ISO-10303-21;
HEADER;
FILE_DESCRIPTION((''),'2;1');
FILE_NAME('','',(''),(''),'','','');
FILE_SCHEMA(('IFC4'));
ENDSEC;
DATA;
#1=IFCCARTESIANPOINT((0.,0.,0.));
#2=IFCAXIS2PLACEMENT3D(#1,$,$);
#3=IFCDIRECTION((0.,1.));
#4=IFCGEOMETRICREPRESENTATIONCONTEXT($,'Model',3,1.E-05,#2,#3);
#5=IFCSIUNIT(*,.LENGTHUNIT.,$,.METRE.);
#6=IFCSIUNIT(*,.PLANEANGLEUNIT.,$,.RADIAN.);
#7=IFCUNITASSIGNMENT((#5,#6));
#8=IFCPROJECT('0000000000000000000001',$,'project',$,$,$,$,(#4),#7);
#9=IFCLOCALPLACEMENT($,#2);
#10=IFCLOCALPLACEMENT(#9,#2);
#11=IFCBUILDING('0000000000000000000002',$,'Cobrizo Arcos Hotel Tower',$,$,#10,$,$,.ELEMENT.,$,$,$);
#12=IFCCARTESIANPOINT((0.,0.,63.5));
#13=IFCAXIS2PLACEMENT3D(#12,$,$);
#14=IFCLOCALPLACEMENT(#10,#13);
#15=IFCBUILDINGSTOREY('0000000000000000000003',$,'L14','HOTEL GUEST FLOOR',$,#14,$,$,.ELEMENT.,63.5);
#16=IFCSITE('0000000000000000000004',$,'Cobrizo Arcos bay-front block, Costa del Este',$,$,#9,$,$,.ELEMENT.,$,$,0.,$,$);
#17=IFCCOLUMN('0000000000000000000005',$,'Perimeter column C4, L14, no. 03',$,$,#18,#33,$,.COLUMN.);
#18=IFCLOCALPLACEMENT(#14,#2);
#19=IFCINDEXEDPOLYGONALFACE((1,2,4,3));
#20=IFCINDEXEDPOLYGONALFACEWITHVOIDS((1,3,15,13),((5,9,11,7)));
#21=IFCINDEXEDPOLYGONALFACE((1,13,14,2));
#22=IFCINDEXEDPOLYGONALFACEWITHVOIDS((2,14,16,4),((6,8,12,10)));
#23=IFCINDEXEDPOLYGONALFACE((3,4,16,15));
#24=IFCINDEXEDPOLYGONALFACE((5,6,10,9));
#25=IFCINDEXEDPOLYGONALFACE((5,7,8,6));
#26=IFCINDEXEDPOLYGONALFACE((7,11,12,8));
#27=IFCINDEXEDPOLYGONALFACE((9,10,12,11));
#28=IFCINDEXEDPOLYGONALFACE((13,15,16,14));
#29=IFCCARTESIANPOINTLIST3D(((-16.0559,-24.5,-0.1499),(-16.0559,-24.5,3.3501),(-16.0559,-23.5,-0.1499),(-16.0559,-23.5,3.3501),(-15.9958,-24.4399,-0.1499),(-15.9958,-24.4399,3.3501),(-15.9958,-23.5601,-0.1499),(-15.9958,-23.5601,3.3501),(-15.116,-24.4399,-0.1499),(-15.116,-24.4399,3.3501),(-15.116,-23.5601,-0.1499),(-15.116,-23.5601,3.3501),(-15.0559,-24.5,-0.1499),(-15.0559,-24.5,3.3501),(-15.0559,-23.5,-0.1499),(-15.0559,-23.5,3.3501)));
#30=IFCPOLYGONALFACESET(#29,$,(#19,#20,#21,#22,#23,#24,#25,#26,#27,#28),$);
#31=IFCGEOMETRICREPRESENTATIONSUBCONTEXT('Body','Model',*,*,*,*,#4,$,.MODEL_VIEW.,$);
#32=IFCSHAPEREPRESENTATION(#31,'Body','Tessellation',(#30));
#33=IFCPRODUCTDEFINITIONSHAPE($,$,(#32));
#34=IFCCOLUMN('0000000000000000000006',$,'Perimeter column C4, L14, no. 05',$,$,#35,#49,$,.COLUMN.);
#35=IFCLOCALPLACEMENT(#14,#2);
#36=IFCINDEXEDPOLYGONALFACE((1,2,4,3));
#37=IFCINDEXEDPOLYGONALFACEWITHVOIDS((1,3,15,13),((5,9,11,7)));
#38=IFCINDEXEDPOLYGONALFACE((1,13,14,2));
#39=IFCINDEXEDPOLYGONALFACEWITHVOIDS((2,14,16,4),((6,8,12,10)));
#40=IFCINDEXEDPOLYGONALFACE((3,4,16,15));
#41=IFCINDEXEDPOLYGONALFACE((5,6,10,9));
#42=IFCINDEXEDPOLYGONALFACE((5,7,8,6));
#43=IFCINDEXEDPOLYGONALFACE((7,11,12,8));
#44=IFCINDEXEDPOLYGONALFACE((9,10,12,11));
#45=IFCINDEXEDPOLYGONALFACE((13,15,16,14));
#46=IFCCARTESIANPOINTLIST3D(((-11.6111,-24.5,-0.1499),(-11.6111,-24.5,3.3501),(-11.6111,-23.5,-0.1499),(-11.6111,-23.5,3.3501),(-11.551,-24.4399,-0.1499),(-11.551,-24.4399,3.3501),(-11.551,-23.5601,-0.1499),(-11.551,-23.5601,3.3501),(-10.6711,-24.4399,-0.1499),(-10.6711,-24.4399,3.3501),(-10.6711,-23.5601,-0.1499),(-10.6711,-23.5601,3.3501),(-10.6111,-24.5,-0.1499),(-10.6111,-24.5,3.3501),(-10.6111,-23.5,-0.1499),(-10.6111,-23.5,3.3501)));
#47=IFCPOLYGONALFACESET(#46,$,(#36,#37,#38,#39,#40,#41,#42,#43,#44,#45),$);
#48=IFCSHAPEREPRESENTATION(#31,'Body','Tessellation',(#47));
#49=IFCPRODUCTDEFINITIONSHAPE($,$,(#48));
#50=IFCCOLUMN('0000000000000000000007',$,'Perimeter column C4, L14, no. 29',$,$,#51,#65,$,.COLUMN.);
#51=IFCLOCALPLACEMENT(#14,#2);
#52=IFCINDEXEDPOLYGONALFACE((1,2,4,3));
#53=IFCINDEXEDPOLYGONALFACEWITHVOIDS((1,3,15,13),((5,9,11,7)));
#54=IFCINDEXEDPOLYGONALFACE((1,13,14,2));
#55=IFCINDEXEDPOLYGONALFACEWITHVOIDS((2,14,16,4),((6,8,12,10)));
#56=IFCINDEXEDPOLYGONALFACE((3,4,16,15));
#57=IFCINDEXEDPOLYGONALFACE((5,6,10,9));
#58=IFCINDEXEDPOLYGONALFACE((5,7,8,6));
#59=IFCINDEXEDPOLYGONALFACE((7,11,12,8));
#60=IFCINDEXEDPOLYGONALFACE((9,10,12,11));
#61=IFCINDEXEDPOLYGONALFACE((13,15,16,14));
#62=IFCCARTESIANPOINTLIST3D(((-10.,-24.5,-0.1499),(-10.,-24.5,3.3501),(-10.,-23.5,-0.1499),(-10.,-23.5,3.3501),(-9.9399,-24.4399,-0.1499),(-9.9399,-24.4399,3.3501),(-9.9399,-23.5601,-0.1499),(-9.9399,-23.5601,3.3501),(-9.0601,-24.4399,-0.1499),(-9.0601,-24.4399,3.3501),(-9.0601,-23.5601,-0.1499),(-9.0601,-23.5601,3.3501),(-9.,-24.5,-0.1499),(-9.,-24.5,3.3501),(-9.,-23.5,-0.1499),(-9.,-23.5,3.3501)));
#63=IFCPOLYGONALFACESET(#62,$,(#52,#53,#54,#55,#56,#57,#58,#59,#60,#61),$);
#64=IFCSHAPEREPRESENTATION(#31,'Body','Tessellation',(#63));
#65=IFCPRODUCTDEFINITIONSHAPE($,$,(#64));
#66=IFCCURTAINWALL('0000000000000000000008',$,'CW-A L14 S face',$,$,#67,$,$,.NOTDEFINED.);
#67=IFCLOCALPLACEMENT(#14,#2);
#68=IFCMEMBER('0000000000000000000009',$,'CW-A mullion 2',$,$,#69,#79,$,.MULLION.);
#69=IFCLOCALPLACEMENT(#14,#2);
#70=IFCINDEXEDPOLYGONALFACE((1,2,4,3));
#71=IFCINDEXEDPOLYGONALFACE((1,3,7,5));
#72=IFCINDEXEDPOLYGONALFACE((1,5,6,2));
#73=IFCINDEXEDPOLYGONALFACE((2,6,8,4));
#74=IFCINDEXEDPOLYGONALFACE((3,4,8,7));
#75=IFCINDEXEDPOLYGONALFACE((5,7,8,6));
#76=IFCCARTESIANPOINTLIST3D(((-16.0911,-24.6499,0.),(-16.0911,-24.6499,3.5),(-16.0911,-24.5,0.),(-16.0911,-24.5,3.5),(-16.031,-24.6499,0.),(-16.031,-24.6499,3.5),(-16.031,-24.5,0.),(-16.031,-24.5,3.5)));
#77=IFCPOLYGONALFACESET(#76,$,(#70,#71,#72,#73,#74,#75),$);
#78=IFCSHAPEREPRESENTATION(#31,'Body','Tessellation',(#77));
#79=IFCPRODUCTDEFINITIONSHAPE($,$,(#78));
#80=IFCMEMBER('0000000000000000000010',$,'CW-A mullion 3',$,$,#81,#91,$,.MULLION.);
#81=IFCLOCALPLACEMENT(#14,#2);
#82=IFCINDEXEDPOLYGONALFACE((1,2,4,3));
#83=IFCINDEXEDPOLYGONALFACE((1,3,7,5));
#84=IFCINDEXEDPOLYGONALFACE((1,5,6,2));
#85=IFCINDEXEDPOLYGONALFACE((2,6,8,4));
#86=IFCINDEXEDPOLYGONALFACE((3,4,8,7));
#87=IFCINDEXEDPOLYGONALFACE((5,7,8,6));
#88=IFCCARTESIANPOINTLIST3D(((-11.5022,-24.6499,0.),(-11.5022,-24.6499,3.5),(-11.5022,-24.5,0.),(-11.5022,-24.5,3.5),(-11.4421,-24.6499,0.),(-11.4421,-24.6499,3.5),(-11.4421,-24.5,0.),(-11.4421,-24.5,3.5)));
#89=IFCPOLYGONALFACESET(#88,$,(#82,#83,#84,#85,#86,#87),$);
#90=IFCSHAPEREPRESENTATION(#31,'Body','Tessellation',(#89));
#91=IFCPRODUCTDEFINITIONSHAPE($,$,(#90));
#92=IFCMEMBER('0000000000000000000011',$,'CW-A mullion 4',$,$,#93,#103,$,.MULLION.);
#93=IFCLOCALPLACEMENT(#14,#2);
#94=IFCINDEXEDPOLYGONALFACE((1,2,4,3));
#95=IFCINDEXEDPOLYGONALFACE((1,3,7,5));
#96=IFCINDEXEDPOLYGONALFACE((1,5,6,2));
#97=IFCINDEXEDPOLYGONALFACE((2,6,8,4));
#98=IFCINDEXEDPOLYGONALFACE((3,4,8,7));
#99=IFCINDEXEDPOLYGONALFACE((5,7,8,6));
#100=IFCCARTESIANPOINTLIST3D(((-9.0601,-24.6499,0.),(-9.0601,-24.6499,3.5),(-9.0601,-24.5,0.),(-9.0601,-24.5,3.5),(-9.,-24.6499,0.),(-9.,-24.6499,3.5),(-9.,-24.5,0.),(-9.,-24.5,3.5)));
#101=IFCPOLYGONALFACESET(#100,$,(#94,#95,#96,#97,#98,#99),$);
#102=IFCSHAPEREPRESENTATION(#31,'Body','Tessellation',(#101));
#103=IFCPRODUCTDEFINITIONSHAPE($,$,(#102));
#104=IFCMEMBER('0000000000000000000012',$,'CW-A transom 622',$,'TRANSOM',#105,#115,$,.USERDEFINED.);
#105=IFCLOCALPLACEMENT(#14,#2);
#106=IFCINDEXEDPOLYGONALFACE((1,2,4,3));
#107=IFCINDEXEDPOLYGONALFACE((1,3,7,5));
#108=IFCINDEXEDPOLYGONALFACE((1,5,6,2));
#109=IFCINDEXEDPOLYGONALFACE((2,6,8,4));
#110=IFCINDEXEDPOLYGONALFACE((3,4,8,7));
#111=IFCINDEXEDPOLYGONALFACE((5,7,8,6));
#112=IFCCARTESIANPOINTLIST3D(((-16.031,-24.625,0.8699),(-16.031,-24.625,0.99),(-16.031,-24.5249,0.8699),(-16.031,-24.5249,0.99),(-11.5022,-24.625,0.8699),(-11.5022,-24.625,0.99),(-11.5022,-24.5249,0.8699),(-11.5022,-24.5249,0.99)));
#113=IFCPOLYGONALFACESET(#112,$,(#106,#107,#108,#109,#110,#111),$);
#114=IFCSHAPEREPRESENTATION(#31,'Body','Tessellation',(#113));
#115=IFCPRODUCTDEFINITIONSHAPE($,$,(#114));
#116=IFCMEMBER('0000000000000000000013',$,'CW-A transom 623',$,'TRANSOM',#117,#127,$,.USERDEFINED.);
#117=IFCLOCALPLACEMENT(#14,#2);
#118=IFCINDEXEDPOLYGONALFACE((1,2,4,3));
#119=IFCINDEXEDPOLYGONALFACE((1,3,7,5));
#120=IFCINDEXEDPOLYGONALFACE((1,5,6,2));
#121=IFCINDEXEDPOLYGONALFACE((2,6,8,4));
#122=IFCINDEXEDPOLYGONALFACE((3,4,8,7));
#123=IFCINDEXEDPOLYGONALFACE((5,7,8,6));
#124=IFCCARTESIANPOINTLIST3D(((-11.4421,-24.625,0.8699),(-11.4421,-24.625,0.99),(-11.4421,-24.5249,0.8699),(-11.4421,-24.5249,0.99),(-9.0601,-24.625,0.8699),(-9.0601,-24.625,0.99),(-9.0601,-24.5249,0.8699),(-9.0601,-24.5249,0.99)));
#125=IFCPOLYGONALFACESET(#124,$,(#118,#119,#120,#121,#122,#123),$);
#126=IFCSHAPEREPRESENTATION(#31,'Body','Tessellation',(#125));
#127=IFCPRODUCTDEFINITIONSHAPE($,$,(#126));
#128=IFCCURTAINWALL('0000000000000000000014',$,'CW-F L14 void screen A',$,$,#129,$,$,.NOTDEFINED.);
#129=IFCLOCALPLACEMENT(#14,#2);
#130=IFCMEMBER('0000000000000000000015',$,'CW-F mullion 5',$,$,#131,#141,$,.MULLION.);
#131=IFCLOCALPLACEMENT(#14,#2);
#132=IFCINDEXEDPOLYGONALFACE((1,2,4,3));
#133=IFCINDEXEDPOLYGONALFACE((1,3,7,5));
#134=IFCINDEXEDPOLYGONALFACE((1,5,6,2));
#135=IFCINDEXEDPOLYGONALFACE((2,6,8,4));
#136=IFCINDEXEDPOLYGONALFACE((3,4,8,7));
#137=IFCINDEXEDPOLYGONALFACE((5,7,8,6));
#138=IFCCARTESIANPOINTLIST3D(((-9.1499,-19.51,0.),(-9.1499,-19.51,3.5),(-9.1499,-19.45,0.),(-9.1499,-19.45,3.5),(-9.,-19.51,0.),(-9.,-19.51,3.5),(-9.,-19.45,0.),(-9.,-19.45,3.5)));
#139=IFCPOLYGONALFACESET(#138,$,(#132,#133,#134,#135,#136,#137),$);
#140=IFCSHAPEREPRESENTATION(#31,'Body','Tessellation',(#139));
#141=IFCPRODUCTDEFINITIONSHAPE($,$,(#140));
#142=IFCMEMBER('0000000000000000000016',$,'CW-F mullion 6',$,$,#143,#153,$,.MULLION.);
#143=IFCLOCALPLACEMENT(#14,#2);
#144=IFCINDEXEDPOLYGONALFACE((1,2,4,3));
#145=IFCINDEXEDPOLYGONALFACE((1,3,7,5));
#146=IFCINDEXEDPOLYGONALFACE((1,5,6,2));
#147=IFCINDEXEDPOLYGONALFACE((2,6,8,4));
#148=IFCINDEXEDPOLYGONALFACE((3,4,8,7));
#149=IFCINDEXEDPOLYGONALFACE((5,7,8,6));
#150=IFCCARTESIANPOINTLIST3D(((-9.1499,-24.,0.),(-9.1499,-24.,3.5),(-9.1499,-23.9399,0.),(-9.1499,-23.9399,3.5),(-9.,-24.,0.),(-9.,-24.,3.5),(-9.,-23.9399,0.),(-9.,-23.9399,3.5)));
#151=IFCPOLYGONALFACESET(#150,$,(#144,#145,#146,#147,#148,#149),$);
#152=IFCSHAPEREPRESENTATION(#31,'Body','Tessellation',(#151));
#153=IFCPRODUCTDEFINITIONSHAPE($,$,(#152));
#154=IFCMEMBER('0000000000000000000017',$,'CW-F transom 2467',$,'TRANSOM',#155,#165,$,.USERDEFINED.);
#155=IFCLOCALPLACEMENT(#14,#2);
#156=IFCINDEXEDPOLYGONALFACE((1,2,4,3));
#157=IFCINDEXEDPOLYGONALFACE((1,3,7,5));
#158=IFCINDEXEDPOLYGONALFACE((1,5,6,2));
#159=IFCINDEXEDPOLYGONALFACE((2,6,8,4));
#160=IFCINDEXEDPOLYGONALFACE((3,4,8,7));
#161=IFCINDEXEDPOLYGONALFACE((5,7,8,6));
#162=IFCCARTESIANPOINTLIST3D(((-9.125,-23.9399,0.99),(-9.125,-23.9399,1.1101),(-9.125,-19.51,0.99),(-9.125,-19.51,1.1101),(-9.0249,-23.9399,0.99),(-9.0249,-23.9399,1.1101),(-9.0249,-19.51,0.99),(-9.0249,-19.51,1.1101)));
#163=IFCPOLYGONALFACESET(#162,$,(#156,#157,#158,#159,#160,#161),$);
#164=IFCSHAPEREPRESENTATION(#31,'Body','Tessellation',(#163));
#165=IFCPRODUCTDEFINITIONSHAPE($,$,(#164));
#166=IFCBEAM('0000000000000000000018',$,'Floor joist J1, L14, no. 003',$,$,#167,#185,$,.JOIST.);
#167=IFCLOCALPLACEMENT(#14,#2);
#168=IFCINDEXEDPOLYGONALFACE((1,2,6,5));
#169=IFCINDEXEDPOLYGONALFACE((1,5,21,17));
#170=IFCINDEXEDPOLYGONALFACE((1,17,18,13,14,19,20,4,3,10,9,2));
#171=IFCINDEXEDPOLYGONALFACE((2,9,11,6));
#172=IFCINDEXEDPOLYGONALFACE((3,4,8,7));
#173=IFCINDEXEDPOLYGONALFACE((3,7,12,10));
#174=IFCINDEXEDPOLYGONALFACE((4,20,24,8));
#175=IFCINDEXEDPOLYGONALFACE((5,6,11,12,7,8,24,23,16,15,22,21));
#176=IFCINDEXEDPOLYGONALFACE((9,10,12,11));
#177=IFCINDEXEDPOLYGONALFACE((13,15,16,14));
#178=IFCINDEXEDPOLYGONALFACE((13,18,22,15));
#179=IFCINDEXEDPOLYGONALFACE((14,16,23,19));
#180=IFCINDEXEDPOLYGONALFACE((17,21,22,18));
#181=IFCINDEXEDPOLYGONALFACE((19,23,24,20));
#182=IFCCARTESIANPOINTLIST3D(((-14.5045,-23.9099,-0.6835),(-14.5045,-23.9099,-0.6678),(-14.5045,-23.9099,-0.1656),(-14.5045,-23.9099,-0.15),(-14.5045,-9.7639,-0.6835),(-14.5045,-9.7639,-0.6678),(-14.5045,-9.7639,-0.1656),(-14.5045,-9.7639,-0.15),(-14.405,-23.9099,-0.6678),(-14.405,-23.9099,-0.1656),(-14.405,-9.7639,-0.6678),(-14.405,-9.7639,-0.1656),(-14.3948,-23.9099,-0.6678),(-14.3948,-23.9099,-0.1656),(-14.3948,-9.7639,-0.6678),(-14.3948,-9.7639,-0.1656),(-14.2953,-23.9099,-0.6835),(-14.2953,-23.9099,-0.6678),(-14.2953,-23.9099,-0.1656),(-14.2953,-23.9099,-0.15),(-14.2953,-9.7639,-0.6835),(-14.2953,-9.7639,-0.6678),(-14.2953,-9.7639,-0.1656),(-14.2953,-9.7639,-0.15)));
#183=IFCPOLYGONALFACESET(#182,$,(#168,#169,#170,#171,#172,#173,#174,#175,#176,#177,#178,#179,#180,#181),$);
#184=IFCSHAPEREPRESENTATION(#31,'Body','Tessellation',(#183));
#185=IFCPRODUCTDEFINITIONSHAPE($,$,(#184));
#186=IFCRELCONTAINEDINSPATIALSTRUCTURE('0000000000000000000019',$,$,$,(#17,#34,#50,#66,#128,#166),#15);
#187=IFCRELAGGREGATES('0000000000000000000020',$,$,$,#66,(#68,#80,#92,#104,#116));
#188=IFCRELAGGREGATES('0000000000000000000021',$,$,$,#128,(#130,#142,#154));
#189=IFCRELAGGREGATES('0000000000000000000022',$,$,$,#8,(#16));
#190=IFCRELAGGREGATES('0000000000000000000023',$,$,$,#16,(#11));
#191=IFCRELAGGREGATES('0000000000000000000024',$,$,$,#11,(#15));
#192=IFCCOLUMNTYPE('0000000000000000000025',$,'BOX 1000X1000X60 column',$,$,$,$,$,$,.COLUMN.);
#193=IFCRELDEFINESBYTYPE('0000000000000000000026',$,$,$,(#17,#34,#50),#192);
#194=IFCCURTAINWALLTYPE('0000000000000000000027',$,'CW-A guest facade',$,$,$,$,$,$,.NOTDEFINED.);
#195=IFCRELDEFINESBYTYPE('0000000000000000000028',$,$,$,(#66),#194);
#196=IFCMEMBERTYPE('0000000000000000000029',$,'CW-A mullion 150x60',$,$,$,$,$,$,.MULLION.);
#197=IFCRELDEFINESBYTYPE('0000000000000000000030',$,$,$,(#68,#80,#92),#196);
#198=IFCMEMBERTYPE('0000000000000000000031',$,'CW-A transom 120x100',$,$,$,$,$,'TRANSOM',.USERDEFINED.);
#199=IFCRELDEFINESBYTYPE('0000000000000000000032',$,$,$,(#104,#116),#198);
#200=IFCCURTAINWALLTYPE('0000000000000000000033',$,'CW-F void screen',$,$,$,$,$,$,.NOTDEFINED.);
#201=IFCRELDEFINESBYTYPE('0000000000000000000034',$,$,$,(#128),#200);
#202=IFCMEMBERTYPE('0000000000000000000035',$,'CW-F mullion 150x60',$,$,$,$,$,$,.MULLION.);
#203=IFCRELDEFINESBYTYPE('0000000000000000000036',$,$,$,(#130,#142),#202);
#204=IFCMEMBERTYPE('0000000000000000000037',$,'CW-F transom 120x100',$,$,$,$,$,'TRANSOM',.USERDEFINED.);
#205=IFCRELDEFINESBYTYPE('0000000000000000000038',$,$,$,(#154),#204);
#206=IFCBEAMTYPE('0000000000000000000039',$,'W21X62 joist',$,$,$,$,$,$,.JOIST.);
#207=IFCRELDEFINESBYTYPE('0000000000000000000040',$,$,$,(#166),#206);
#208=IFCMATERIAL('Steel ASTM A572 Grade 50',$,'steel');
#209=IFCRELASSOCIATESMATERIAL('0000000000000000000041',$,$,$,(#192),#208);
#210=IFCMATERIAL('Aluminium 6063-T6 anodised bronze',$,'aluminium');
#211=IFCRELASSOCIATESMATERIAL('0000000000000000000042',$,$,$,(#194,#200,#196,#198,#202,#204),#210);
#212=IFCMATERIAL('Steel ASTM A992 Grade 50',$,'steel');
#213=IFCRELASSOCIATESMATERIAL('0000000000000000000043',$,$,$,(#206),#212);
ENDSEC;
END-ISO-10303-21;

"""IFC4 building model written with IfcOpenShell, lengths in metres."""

from ifc_helpers import new_model, si_unit, direction, frame, origin, origin_2d, place, context, subcontext, project, spatial, rectangle, hollow_rectangle, i_section, extrude, material, material_profile, profile_set, type_object, element, aggregate, save


model = new_model("IFC4")

# Units and contexts
model_context = context("Model", 3, precision=1e-05, world=origin(), true_north=direction((0.0, 1.0)))
body_context = subcontext(model_context, "Body", "Model", "MODEL_VIEW")
ifc_project = project(units=[si_unit("LENGTHUNIT", "METRE"), si_unit("PLANEANGLEUNIT", "RADIAN")], contexts=[model_context])

# Site, building, storey
site_placement = place(None, origin())
site = spatial("IfcSite", under=ifc_project, at=site_placement, Name="Cobrizo Arcos bay-front block, Costa del Este", CompositionType="ELEMENT", RefElevation=0.0)
building_placement = place(site_placement, origin())
building = spatial("IfcBuilding", under=site, at=building_placement, Name="Cobrizo Arcos Hotel Tower", CompositionType="ELEMENT")
storey_placement = place(building_placement, frame((0.0, 0.0, 63.5)))
storey = spatial("IfcBuildingStorey", under=building, at=storey_placement, Name="L14", Description="HOTEL GUEST FLOOR", CompositionType="ELEMENT", Elevation=63.5)

# Columns
ifc_material_1 = material(Name="Steel ASTM A572 Grade 50", Category="steel")
ifc_material_profile_1 = material_profile(ifc_material_1, hollow_rectangle(XDim=1.0, YDim=1.0, WallThickness=0.0601, at=origin_2d()), Name="BOX 1000X1000X60")
ifc_profile_set_1 = profile_set([ifc_material_profile_1], Name="Steel ASTM A572 Grade 50")
column_type = type_object("IfcColumnType", Name="BOX 1000X1000X60 column", PredefinedType="COLUMN", material=ifc_profile_set_1)
for number, where, z_axis, x_axis, name in (
    (1, (-15.5559, -24.0, -0.1499), (0.0, 0.0, 1.0), (1.0, 0.0, 0.0), "Perimeter column C4, L14, no. 03"),
    (2, (-11.1111, -24.0, -0.1499), (0.0, 0.0, 1.0), (1.0, 0.0, 0.0), "Perimeter column C4, L14, no. 05"),
    (3, (-9.5, -24.0, -0.1499), (0.0, 0.0, 1.0), (1.0, 0.0, 0.0), "Perimeter column C4, L14, no. 29"),
):
    element("IfcColumn", number, at=place(storey_placement, frame(where, z_axis=z_axis, x_axis=x_axis)), inside=storey, type_object=column_type, Name=name, PredefinedType="COLUMN", context=body_context, shape_type="SweptSolid", body=[
        extrude(hollow_rectangle(XDim=1.0, YDim=1.0, WallThickness=0.0601, at=origin_2d()), origin(), (0.0, 0.0, 1.0), 3.5),
    ])

# Curtain walls, members
ifc_material_2 = material(Name="Aluminium 6063-T6 anodised bronze", Category="aluminium")
curtain_wall_type_1 = type_object("IfcCurtainWallType", Name="CW-A guest facade", PredefinedType="NOTDEFINED", material=ifc_material_2)
curtain_wall_1_placement = place(storey_placement, origin())
curtain_wall_1 = element("IfcCurtainWall", 4, at=curtain_wall_1_placement, inside=storey, type_object=curtain_wall_type_1, Name="CW-A L14 S face", PredefinedType="NOTDEFINED")
ifc_material_profile_2 = material_profile(ifc_material_2, rectangle(XDim=0.1499, YDim=0.0601, at=origin_2d()), Name="CW-A mullion 150x60")
ifc_profile_set_2 = profile_set([ifc_material_profile_2], Name="Aluminium 6063-T6 anodised bronze")
member_type_1 = type_object("IfcMemberType", Name="CW-A mullion 150x60", PredefinedType="MULLION", material=ifc_profile_set_2)
member_1_placement = place(storey_placement, frame((-16.061, -24.575, 0.0), z_axis=(0.0, 0.0, 1.0), x_axis=(0.0, -1.0, 0.0)))
member_1 = element("IfcMember", 5, at=member_1_placement, type_object=member_type_1, Name="CW-A mullion 2", PredefinedType="MULLION", context=body_context, shape_type="SweptSolid", body=[
    extrude(rectangle(XDim=0.1499, YDim=0.0601, at=origin_2d()), origin(), (0.0, 0.0, 1.0), 3.5),
])
member_2_placement = place(storey_placement, frame((-11.4722, -24.575, 0.0), z_axis=(0.0, 0.0, 1.0), x_axis=(0.0, -1.0, 0.0)))
member_2 = element("IfcMember", 6, at=member_2_placement, type_object=member_type_1, Name="CW-A mullion 3", PredefinedType="MULLION", context=body_context, shape_type="SweptSolid", body=[
    extrude(rectangle(XDim=0.1499, YDim=0.0601, at=origin_2d()), origin(), (0.0, 0.0, 1.0), 3.5),
])
member_3_placement = place(storey_placement, frame((-9.03, -24.575, 0.0), z_axis=(0.0, 0.0, 1.0), x_axis=(0.0, -1.0, 0.0)))
member_3 = element("IfcMember", 7, at=member_3_placement, type_object=member_type_1, Name="CW-A mullion 4", PredefinedType="MULLION", context=body_context, shape_type="SweptSolid", body=[
    extrude(rectangle(XDim=0.1499, YDim=0.0601, at=origin_2d()), origin(), (0.0, 0.0, 1.0), 3.5),
])
ifc_material_profile_3 = material_profile(ifc_material_2, rectangle(XDim=0.1001, YDim=0.1201, at=origin_2d()), Name="CW-A transom 120x100")
ifc_profile_set_3 = profile_set([ifc_material_profile_3], Name="Aluminium 6063-T6 anodised bronze")
member_type_2 = type_object("IfcMemberType", Name="CW-A transom 120x100", ElementType="TRANSOM", PredefinedType="USERDEFINED", material=ifc_profile_set_3)
member_4_placement = place(storey_placement, frame((-16.031, -24.575, 0.9299), z_axis=(1.0, 0.0, 0.0), x_axis=(0.0, 1.0, 0.0)))
member_4 = element("IfcMember", 8, at=member_4_placement, type_object=member_type_2, Name="CW-A transom 622", ObjectType="TRANSOM", PredefinedType="USERDEFINED", context=body_context, shape_type="SweptSolid", body=[
    extrude(rectangle(XDim=0.1001, YDim=0.1201, at=origin_2d()), origin(), (0.0, 0.0, 1.0), 4.5288),
])
member_5_placement = place(storey_placement, frame((-11.4421, -24.575, 0.9299), z_axis=(1.0, 0.0, 0.0), x_axis=(0.0, 1.0, 0.0)))
member_5 = element("IfcMember", 9, at=member_5_placement, type_object=member_type_2, Name="CW-A transom 623", ObjectType="TRANSOM", PredefinedType="USERDEFINED", context=body_context, shape_type="SweptSolid", body=[
    extrude(rectangle(XDim=0.1001, YDim=0.1201, at=origin_2d()), origin(), (0.0, 0.0, 1.0), 2.3821),
])
curtain_wall_type_2 = type_object("IfcCurtainWallType", Name="CW-F void screen", PredefinedType="NOTDEFINED", material=ifc_material_2)
curtain_wall_2_placement = place(storey_placement, origin())
curtain_wall_2 = element("IfcCurtainWall", 10, at=curtain_wall_2_placement, inside=storey, type_object=curtain_wall_type_2, Name="CW-F L14 void screen A", PredefinedType="NOTDEFINED")
ifc_material_profile_4 = material_profile(ifc_material_2, rectangle(XDim=0.1499, YDim=0.0601, at=origin_2d()), Name="CW-F mullion 150x60")
ifc_profile_set_4 = profile_set([ifc_material_profile_4], Name="Aluminium 6063-T6 anodised bronze")
member_type_3 = type_object("IfcMemberType", Name="CW-F mullion 150x60", PredefinedType="MULLION", material=ifc_profile_set_4)
member_6_placement = place(storey_placement, frame((-9.075, -19.48, 0.0), z_axis=(0.0, 0.0, 1.0), x_axis=(-1.0, 0.0, 0.0)))
member_6 = element("IfcMember", 11, at=member_6_placement, type_object=member_type_3, Name="CW-F mullion 5", PredefinedType="MULLION", context=body_context, shape_type="SweptSolid", body=[
    extrude(rectangle(XDim=0.1499, YDim=0.0601, at=origin_2d()), origin(), (0.0, 0.0, 1.0), 3.5),
])
member_7_placement = place(storey_placement, frame((-9.075, -23.97, 0.0), z_axis=(0.0, 0.0, 1.0), x_axis=(-1.0, 0.0, 0.0)))
member_7 = element("IfcMember", 12, at=member_7_placement, type_object=member_type_3, Name="CW-F mullion 6", PredefinedType="MULLION", context=body_context, shape_type="SweptSolid", body=[
    extrude(rectangle(XDim=0.1499, YDim=0.0601, at=origin_2d()), origin(), (0.0, 0.0, 1.0), 3.5),
])
ifc_material_profile_5 = material_profile(ifc_material_2, rectangle(XDim=0.1001, YDim=0.1201, at=origin_2d()), Name="CW-F transom 120x100")
ifc_profile_set_5 = profile_set([ifc_material_profile_5], Name="Aluminium 6063-T6 anodised bronze")
member_type_4 = type_object("IfcMemberType", Name="CW-F transom 120x100", ElementType="TRANSOM", PredefinedType="USERDEFINED", material=ifc_profile_set_5)
member_8_placement = place(storey_placement, frame((-9.075, -19.51, 1.05), z_axis=(0.0, -1.0, 0.0), x_axis=(1.0, 0.0, 0.0)))
member_8 = element("IfcMember", 13, at=member_8_placement, type_object=member_type_4, Name="CW-F transom 2467", ObjectType="TRANSOM", PredefinedType="USERDEFINED", context=body_context, shape_type="SweptSolid", body=[
    extrude(rectangle(XDim=0.1001, YDim=0.1201, at=origin_2d()), origin(), (0.0, 0.0, 1.0), 4.4299),
])

# Beam
ifc_material_3 = material(Name="Steel ASTM A992 Grade 50", Category="steel")
ifc_material_profile_6 = material_profile(ifc_material_3, i_section(OverallWidth=0.2092, OverallDepth=0.5334, WebThickness=0.0103, FlangeThickness=0.0156, at=origin_2d()), Name="W21X62")
ifc_profile_set_6 = profile_set([ifc_material_profile_6], Name="Steel ASTM A992 Grade 50")
beam_type_1 = type_object("IfcBeamType", Name="W21X62 joist", PredefinedType="JOIST", material=ifc_profile_set_6)
beam_1_placement = place(storey_placement, frame((-14.3999, -23.9099, -0.4167), z_axis=(0.0, 1.0, 0.0), x_axis=(-1.0, 0.0, 0.0)))
element("IfcBeam", 14, at=beam_1_placement, inside=storey, type_object=beam_type_1, Name="Floor joist J1, L14, no. 003", PredefinedType="JOIST", context=body_context, shape_type="SweptSolid", body=[
    extrude(i_section(OverallWidth=0.2092, OverallDepth=0.5334, WebThickness=0.0103, FlangeThickness=0.0156, at=origin_2d()), origin(), (0.0, 0.0, 1.0), 14.146),
])

aggregate(curtain_wall_1, [member_1, member_2, member_3, member_4, member_5])
aggregate(curtain_wall_2, [member_6, member_7, member_8])

save(model, "model.ifc")
